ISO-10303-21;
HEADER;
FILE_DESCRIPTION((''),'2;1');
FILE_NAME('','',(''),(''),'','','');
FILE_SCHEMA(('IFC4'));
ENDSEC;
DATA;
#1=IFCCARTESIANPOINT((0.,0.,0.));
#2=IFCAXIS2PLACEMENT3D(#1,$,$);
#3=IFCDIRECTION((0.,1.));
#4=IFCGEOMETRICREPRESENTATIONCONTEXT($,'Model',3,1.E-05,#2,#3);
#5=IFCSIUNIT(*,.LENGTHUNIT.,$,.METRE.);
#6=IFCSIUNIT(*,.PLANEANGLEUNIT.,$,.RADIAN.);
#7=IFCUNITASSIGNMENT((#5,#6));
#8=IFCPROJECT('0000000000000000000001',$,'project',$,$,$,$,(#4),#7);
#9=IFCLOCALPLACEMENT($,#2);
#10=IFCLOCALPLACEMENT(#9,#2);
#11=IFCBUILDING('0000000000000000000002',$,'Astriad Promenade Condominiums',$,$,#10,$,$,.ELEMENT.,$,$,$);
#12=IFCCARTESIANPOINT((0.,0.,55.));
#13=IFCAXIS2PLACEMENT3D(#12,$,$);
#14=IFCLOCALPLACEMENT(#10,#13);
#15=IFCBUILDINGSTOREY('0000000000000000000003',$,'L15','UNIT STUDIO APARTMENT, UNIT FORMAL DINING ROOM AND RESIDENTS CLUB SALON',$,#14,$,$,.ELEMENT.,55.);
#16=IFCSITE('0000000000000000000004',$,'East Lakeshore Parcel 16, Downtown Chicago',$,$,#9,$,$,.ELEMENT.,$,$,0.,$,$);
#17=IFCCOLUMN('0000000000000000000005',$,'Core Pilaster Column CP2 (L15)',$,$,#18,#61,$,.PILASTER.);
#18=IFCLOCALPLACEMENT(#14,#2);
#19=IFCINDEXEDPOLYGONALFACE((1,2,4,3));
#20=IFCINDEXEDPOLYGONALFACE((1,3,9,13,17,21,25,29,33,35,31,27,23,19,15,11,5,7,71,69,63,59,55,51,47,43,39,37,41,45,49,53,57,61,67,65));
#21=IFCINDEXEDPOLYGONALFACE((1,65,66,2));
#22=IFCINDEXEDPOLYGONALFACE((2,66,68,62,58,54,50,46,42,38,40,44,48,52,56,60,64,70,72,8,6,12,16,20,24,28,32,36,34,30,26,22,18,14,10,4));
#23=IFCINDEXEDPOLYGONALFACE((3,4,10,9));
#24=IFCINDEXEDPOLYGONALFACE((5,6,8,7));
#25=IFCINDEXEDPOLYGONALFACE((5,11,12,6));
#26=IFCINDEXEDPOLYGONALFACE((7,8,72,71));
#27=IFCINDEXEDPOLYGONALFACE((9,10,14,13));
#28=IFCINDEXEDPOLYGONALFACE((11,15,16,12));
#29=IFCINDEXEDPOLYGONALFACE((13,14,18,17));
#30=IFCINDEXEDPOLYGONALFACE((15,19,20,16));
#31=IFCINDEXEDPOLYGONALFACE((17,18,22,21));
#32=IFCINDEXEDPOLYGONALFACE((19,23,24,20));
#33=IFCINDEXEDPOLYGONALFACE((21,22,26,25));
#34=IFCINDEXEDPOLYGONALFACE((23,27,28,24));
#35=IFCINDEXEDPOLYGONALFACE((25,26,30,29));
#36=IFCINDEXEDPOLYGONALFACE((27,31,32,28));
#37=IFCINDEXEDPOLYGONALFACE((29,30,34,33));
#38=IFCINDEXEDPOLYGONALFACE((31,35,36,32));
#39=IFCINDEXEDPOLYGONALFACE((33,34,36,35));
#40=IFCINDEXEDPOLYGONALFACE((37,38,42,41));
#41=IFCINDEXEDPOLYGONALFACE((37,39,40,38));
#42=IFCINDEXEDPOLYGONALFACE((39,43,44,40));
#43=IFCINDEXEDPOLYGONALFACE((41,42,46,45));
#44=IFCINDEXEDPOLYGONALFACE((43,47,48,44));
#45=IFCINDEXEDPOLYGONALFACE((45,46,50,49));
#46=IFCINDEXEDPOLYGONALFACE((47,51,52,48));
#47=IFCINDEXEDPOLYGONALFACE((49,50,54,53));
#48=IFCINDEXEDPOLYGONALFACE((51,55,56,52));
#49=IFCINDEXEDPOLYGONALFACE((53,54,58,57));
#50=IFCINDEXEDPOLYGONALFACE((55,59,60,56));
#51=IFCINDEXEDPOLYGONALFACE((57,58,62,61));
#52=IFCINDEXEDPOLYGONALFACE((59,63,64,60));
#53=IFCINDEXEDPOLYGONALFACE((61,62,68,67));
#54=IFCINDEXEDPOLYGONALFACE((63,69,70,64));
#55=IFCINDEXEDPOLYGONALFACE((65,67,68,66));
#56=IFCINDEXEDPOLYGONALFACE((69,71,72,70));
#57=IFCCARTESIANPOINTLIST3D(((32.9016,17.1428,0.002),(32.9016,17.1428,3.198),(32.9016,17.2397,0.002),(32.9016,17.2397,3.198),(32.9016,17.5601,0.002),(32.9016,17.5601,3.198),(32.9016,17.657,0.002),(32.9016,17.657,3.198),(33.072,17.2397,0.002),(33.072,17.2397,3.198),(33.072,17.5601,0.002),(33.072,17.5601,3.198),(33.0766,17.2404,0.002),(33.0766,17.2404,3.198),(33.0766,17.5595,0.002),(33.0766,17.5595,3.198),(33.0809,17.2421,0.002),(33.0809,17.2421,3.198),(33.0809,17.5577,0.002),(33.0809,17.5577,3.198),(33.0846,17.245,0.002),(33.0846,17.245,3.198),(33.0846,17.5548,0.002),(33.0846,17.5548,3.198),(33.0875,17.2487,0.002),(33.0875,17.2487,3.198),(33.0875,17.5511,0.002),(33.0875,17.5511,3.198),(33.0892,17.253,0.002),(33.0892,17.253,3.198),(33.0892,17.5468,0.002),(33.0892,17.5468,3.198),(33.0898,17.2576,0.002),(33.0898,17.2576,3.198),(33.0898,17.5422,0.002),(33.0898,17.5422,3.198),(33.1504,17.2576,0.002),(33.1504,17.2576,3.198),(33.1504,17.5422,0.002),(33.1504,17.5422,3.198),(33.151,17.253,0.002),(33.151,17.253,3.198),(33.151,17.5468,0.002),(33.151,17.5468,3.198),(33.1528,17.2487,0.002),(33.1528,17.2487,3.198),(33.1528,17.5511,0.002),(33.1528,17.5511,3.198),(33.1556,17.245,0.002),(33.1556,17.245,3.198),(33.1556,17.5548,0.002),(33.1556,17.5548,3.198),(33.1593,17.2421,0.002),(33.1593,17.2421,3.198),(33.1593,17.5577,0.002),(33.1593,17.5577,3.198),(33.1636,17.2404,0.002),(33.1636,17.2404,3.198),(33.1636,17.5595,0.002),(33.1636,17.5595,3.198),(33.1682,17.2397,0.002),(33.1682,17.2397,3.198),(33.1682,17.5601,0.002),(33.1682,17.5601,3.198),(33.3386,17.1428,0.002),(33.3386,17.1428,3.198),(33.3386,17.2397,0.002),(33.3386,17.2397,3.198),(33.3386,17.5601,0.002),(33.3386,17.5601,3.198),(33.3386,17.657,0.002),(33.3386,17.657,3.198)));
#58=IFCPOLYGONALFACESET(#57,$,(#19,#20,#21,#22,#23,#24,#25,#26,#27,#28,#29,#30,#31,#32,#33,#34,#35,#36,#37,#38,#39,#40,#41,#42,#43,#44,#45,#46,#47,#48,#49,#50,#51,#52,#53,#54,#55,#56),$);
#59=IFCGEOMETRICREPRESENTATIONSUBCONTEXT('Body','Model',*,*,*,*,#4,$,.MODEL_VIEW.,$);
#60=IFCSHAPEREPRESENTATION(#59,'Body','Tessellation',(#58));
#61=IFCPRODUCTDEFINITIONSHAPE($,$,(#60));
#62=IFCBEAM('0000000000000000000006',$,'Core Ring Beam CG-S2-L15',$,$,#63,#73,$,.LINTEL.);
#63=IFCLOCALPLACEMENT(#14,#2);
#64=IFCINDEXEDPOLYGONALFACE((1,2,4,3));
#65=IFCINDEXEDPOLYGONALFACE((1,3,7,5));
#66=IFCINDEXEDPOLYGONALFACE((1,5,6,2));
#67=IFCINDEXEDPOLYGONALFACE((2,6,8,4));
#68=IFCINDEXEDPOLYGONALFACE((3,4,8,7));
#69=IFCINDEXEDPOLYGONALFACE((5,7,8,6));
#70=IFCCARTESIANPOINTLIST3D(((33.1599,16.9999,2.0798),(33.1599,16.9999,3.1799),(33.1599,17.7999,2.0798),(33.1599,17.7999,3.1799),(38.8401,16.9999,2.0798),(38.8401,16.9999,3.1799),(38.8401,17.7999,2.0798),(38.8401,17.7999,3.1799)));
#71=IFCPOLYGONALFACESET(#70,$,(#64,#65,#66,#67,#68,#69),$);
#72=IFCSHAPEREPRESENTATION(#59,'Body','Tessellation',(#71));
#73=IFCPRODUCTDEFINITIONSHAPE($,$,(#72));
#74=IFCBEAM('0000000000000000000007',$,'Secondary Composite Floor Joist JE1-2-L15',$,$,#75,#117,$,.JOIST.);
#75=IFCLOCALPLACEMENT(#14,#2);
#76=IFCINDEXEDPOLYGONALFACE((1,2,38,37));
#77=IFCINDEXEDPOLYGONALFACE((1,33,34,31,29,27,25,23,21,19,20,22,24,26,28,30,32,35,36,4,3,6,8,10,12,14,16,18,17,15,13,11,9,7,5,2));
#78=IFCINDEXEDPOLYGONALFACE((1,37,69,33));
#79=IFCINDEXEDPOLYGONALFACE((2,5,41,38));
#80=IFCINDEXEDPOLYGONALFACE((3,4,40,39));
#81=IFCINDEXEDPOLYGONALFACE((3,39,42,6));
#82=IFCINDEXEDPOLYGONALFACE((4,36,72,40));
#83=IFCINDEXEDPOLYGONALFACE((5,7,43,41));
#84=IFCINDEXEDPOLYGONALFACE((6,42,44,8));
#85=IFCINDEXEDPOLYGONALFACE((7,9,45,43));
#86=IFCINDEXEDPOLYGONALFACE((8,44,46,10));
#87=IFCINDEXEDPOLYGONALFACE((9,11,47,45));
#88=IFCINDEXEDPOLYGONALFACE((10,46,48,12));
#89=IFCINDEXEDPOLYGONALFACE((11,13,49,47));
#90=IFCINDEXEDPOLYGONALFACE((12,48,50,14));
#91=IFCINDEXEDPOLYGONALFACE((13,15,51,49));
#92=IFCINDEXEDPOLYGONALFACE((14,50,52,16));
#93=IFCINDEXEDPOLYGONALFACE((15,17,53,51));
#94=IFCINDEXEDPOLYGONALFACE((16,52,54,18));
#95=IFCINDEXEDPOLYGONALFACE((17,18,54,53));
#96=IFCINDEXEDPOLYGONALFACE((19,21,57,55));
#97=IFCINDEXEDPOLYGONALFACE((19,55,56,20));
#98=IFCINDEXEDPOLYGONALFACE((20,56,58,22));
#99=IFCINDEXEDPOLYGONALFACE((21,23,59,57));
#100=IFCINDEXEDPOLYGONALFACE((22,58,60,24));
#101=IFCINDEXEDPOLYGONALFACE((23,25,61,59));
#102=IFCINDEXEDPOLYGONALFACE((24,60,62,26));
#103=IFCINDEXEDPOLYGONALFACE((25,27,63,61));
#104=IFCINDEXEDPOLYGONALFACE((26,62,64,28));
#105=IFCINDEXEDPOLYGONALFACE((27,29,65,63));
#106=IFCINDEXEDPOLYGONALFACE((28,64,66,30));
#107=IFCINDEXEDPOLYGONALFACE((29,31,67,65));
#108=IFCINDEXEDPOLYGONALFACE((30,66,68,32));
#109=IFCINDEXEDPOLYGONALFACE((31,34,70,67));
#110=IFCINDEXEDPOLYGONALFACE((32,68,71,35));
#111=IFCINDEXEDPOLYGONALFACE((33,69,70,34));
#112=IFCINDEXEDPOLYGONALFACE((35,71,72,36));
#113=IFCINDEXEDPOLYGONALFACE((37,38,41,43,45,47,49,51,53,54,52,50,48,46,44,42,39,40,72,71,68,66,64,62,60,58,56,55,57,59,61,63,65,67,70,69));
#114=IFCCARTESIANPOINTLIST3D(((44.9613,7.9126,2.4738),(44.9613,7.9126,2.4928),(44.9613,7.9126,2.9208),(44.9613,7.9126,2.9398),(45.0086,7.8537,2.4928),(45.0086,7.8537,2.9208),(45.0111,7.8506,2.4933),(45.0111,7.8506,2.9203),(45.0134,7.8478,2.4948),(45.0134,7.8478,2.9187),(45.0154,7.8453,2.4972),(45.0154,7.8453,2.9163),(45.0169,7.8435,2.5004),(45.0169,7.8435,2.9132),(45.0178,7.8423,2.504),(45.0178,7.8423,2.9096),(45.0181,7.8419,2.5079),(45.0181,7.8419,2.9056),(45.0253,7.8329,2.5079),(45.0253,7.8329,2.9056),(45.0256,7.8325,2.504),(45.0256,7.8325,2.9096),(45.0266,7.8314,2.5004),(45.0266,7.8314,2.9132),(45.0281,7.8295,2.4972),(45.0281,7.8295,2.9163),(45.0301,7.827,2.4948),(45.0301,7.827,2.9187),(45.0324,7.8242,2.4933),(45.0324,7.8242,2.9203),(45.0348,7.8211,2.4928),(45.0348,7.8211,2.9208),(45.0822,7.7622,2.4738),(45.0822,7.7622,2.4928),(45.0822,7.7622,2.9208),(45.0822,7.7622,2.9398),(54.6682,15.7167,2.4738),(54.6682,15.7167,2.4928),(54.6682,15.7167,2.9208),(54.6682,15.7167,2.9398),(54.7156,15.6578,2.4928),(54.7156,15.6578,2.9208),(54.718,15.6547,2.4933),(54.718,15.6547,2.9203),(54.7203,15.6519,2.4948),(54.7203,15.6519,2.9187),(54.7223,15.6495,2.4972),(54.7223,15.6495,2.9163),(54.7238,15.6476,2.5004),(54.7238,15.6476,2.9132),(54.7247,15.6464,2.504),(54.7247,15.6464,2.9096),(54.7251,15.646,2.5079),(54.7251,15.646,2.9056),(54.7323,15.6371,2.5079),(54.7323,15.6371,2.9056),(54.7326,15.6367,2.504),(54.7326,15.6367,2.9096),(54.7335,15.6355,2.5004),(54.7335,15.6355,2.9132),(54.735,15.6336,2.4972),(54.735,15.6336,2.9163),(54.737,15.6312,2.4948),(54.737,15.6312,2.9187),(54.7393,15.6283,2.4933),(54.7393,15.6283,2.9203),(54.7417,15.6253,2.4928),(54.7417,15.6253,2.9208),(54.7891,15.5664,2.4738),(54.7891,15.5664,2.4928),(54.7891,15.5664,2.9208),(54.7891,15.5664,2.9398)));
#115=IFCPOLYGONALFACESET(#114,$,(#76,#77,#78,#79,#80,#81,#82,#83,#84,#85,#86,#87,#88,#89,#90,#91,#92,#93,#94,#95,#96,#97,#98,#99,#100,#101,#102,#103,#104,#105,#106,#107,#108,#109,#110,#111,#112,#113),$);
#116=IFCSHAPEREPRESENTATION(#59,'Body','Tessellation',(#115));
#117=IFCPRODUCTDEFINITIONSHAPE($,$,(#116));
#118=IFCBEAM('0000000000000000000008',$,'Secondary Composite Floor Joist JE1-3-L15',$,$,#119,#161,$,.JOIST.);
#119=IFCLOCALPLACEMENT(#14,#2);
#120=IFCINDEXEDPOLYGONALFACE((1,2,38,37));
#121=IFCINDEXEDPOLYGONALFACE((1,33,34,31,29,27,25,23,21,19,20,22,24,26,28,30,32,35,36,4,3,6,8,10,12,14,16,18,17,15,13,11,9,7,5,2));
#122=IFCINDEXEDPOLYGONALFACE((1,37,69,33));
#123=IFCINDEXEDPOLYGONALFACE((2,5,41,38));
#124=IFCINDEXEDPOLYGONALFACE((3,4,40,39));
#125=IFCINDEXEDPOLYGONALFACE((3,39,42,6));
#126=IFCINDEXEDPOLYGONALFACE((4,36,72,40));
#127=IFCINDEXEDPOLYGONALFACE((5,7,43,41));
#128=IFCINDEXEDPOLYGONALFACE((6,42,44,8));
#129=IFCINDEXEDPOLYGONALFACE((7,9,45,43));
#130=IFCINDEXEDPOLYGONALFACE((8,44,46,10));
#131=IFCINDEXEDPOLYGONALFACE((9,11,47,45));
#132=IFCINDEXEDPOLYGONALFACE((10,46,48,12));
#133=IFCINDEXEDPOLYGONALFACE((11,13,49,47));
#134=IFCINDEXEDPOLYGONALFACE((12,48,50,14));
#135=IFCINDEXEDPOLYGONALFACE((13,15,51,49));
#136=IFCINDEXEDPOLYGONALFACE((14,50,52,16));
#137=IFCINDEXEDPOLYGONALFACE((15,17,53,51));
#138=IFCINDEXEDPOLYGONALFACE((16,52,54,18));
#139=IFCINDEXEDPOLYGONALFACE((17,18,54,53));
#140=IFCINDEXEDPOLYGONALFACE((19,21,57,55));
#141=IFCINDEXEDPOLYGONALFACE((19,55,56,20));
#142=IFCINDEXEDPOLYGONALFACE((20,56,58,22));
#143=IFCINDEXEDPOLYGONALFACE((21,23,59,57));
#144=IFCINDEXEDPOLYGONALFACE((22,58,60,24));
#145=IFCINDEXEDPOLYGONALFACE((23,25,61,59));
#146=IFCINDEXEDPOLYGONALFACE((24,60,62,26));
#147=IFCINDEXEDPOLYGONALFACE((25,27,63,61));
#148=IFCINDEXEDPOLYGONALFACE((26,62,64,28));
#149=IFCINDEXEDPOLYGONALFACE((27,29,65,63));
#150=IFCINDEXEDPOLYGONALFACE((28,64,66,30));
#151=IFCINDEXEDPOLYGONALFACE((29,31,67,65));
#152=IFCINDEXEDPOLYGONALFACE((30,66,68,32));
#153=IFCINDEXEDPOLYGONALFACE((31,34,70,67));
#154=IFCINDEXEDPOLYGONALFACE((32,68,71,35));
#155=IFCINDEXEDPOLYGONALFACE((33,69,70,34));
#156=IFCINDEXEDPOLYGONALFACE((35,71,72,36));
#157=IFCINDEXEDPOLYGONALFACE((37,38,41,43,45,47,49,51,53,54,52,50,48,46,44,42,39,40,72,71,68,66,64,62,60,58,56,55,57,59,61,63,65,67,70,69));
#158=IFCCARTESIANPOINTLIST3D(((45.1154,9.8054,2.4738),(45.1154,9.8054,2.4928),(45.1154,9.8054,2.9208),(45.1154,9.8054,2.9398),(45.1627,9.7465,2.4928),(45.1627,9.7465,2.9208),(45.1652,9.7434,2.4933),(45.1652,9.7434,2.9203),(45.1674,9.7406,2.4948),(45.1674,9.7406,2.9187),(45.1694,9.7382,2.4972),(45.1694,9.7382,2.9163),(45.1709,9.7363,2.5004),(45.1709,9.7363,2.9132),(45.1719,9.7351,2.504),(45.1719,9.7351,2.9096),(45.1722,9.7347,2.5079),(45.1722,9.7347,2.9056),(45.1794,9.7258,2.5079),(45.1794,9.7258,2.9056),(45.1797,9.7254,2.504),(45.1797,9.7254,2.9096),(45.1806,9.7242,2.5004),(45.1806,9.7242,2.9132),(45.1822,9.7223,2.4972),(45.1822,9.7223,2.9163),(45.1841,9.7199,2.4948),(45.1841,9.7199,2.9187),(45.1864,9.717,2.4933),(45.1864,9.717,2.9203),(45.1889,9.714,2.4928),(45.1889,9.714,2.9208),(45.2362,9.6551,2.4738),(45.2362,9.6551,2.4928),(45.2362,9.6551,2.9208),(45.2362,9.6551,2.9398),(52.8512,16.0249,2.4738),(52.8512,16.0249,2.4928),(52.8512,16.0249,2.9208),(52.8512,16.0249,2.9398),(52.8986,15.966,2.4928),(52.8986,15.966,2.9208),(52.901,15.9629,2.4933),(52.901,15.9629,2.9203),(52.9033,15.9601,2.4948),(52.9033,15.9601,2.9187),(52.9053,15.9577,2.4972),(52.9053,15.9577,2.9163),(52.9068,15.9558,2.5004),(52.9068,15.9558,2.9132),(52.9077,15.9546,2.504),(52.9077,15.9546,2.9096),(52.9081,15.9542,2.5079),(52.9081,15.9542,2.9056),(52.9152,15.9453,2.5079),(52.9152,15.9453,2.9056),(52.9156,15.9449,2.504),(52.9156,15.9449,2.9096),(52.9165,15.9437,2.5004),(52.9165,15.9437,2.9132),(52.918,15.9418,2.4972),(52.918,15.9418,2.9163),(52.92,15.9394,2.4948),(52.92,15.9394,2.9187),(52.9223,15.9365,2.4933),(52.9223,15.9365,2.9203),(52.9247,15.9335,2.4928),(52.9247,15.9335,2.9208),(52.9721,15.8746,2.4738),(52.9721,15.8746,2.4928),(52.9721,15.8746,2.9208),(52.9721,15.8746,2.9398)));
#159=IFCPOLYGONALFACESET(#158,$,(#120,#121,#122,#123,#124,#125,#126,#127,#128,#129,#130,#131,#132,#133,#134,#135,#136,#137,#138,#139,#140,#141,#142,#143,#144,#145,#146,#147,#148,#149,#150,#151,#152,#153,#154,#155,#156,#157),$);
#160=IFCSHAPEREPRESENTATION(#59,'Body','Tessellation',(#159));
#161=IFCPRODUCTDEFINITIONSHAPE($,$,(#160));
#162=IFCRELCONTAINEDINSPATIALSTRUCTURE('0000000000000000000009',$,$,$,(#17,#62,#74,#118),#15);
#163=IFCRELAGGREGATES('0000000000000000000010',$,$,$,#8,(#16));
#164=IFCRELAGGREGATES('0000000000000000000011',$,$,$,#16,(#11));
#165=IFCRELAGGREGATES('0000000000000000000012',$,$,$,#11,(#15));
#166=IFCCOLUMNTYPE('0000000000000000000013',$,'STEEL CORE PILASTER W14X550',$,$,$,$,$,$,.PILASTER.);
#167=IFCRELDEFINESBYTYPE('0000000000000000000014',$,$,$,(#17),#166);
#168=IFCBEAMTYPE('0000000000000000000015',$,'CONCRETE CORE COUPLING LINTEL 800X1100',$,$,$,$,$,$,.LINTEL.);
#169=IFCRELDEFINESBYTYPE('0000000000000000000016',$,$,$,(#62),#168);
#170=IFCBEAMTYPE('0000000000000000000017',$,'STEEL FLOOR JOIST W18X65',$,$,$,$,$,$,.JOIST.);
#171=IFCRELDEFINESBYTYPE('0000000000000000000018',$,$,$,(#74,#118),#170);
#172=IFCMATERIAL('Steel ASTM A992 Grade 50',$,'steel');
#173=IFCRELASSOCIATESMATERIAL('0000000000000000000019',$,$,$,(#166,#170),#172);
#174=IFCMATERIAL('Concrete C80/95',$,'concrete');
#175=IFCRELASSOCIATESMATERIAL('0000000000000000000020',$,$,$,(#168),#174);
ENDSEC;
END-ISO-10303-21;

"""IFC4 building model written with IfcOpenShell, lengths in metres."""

from ifc_helpers import new_model, si_unit, direction, frame, origin, origin_2d, place, context, subcontext, project, spatial, rectangle, i_section, extrude, source, transform, mapped, material, material_profile, profile_set, type_object, type_shapes, element, save


model = new_model("IFC4")

# Units and contexts
model_context = context("Model", 3, precision=1e-05, world=origin(), true_north=direction((0.0, 1.0)))
body_context = subcontext(model_context, "Body", "Model", "MODEL_VIEW")
ifc_project = project(units=[si_unit("LENGTHUNIT", "METRE"), si_unit("PLANEANGLEUNIT", "RADIAN")], contexts=[model_context])

# Site, building, storey
site_placement = place(None, origin())
site = spatial("IfcSite", under=ifc_project, at=site_placement, Name="East Lakeshore Parcel 16, Downtown Chicago", CompositionType="ELEMENT", RefElevation=0.0)
building_placement = place(site_placement, origin())
building = spatial("IfcBuilding", under=site, at=building_placement, Name="Astriad Promenade Condominiums", CompositionType="ELEMENT")
storey_placement = place(building_placement, frame((0.0, 0.0, 55.0)))
storey = spatial("IfcBuildingStorey", under=building, at=storey_placement, Name="L15", Description="UNIT STUDIO APARTMENT, UNIT FORMAL DINING ROOM AND RESIDENTS CLUB SALON", CompositionType="ELEMENT", Elevation=55.0)

# Column
ifc_material_1 = material(Name="Steel ASTM A992 Grade 50", Category="steel")
ifc_material_profile_1 = material_profile(ifc_material_1, i_section(OverallWidth=0.437, OverallDepth=0.5142, WebThickness=0.0605, FlangeThickness=0.0969, FilletRadius=0.0178, at=origin_2d()), Name="W14X550")
ifc_profile_set_1 = profile_set([ifc_material_profile_1], Name="Steel ASTM A992 Grade 50")
column_type = type_object("IfcColumnType", Name="STEEL CORE PILASTER W14X550", PredefinedType="PILASTER", material=ifc_profile_set_1)
shared_shape_1 = source(origin(), body_context, "Body", "SweptSolid", [
    extrude(i_section(OverallWidth=0.437, OverallDepth=0.5142, WebThickness=0.0605, FlangeThickness=0.0969, FilletRadius=0.0178, at=origin_2d()), origin(), (0.0, 0.0, 1.0), 3.196),
])
type_shapes(column_type, [shared_shape_1])
column_placement = place(storey_placement, frame((33.1201, 17.3999, 0.002), z_axis=(0.0, 0.0, 1.0), x_axis=(1.0, 0.0, 0.0)))
element("IfcColumn", 1, at=column_placement, inside=storey, type_object=column_type, Name="Core Pilaster Column CP2 (L15)", PredefinedType="PILASTER", context=body_context, shape_type="MappedRepresentation", body=[
    mapped(shared_shape_1, transform((0.0, 0.0, 0.0), scale=1.0)),
])

# Beams
ifc_material_2 = material(Name="Concrete C80/95", Category="concrete")
ifc_material_profile_2 = material_profile(ifc_material_2, rectangle(XDim=0.8, YDim=1.1001, at=origin_2d()), Name="RC-BM-800X1100")
ifc_profile_set_2 = profile_set([ifc_material_profile_2], Name="Concrete C80/95")
beam_type_1 = type_object("IfcBeamType", Name="CONCRETE CORE COUPLING LINTEL 800X1100", PredefinedType="LINTEL", material=ifc_profile_set_2)
shared_shape_2 = source(origin(), body_context, "Body", "SweptSolid", [
    extrude(rectangle(XDim=0.8, YDim=1.1001, at=origin_2d()), origin(), (0.0, 0.0, 1.0), 5.6802),
])
type_shapes(beam_type_1, [shared_shape_2])
beam_1_placement = place(storey_placement, frame((33.1599, 17.3999, 2.6299), z_axis=(1.0, 0.0, 0.0), x_axis=(0.0, 1.0, 0.0)))
element("IfcBeam", 2, at=beam_1_placement, inside=storey, type_object=beam_type_1, Name="Core Ring Beam CG-S2-L15", PredefinedType="LINTEL", context=body_context, shape_type="MappedRepresentation", body=[
    mapped(shared_shape_2, transform((0.0, 0.0, 0.0), scale=1.0)),
])
ifc_material_profile_3 = material_profile(ifc_material_1, i_section(OverallWidth=0.1929, OverallDepth=0.4661, WebThickness=0.0115, FlangeThickness=0.019, FilletRadius=0.0151, at=origin_2d()), Name="W18X65")
ifc_profile_set_3 = profile_set([ifc_material_profile_3], Name="Steel ASTM A992 Grade 50")
beam_type_2 = type_object("IfcBeamType", Name="STEEL FLOOR JOIST W18X65", PredefinedType="JOIST", material=ifc_profile_set_3)
shared_shape_3 = source(origin(), body_context, "Body", "SweptSolid", [
    extrude(i_section(OverallWidth=0.1929, OverallDepth=0.4661, WebThickness=0.0115, FlangeThickness=0.019, FilletRadius=0.0151, at=origin_2d()), origin(), (0.0, 0.0, 1.0), 12.4551),
])
beam_2_placement = place(storey_placement, frame((45.0217, 7.8374, 2.7068), z_axis=(0.779356, 0.626582, 0.0), x_axis=(-0.626582, 0.779356, 0.0)))
element("IfcBeam", 3, at=beam_2_placement, inside=storey, type_object=beam_type_2, Name="Secondary Composite Floor Joist JE1-2-L15", PredefinedType="JOIST", context=body_context, shape_type="MappedRepresentation", body=[
    mapped(shared_shape_3, transform((0.0, 0.0, 0.0), scale=1.0)),
])
shared_shape_4 = source(origin(), body_context, "Body", "SweptSolid", [
    extrude(i_section(OverallWidth=0.1929, OverallDepth=0.4661, WebThickness=0.0115, FlangeThickness=0.019, FilletRadius=0.0151, at=origin_2d()), origin(), (0.0, 0.0, 1.0), 9.926),
])
beam_3_placement = place(storey_placement, frame((45.1758, 9.7302, 2.7068), z_axis=(0.779352, 0.626586, 0.0), x_axis=(-0.626586, 0.779352, 0.0)))
element("IfcBeam", 4, at=beam_3_placement, inside=storey, type_object=beam_type_2, Name="Secondary Composite Floor Joist JE1-3-L15", PredefinedType="JOIST", context=body_context, shape_type="MappedRepresentation", body=[
    mapped(shared_shape_4, transform((0.0, 0.0, 0.0), scale=1.0)),
])

save(model, "model.ifc")
